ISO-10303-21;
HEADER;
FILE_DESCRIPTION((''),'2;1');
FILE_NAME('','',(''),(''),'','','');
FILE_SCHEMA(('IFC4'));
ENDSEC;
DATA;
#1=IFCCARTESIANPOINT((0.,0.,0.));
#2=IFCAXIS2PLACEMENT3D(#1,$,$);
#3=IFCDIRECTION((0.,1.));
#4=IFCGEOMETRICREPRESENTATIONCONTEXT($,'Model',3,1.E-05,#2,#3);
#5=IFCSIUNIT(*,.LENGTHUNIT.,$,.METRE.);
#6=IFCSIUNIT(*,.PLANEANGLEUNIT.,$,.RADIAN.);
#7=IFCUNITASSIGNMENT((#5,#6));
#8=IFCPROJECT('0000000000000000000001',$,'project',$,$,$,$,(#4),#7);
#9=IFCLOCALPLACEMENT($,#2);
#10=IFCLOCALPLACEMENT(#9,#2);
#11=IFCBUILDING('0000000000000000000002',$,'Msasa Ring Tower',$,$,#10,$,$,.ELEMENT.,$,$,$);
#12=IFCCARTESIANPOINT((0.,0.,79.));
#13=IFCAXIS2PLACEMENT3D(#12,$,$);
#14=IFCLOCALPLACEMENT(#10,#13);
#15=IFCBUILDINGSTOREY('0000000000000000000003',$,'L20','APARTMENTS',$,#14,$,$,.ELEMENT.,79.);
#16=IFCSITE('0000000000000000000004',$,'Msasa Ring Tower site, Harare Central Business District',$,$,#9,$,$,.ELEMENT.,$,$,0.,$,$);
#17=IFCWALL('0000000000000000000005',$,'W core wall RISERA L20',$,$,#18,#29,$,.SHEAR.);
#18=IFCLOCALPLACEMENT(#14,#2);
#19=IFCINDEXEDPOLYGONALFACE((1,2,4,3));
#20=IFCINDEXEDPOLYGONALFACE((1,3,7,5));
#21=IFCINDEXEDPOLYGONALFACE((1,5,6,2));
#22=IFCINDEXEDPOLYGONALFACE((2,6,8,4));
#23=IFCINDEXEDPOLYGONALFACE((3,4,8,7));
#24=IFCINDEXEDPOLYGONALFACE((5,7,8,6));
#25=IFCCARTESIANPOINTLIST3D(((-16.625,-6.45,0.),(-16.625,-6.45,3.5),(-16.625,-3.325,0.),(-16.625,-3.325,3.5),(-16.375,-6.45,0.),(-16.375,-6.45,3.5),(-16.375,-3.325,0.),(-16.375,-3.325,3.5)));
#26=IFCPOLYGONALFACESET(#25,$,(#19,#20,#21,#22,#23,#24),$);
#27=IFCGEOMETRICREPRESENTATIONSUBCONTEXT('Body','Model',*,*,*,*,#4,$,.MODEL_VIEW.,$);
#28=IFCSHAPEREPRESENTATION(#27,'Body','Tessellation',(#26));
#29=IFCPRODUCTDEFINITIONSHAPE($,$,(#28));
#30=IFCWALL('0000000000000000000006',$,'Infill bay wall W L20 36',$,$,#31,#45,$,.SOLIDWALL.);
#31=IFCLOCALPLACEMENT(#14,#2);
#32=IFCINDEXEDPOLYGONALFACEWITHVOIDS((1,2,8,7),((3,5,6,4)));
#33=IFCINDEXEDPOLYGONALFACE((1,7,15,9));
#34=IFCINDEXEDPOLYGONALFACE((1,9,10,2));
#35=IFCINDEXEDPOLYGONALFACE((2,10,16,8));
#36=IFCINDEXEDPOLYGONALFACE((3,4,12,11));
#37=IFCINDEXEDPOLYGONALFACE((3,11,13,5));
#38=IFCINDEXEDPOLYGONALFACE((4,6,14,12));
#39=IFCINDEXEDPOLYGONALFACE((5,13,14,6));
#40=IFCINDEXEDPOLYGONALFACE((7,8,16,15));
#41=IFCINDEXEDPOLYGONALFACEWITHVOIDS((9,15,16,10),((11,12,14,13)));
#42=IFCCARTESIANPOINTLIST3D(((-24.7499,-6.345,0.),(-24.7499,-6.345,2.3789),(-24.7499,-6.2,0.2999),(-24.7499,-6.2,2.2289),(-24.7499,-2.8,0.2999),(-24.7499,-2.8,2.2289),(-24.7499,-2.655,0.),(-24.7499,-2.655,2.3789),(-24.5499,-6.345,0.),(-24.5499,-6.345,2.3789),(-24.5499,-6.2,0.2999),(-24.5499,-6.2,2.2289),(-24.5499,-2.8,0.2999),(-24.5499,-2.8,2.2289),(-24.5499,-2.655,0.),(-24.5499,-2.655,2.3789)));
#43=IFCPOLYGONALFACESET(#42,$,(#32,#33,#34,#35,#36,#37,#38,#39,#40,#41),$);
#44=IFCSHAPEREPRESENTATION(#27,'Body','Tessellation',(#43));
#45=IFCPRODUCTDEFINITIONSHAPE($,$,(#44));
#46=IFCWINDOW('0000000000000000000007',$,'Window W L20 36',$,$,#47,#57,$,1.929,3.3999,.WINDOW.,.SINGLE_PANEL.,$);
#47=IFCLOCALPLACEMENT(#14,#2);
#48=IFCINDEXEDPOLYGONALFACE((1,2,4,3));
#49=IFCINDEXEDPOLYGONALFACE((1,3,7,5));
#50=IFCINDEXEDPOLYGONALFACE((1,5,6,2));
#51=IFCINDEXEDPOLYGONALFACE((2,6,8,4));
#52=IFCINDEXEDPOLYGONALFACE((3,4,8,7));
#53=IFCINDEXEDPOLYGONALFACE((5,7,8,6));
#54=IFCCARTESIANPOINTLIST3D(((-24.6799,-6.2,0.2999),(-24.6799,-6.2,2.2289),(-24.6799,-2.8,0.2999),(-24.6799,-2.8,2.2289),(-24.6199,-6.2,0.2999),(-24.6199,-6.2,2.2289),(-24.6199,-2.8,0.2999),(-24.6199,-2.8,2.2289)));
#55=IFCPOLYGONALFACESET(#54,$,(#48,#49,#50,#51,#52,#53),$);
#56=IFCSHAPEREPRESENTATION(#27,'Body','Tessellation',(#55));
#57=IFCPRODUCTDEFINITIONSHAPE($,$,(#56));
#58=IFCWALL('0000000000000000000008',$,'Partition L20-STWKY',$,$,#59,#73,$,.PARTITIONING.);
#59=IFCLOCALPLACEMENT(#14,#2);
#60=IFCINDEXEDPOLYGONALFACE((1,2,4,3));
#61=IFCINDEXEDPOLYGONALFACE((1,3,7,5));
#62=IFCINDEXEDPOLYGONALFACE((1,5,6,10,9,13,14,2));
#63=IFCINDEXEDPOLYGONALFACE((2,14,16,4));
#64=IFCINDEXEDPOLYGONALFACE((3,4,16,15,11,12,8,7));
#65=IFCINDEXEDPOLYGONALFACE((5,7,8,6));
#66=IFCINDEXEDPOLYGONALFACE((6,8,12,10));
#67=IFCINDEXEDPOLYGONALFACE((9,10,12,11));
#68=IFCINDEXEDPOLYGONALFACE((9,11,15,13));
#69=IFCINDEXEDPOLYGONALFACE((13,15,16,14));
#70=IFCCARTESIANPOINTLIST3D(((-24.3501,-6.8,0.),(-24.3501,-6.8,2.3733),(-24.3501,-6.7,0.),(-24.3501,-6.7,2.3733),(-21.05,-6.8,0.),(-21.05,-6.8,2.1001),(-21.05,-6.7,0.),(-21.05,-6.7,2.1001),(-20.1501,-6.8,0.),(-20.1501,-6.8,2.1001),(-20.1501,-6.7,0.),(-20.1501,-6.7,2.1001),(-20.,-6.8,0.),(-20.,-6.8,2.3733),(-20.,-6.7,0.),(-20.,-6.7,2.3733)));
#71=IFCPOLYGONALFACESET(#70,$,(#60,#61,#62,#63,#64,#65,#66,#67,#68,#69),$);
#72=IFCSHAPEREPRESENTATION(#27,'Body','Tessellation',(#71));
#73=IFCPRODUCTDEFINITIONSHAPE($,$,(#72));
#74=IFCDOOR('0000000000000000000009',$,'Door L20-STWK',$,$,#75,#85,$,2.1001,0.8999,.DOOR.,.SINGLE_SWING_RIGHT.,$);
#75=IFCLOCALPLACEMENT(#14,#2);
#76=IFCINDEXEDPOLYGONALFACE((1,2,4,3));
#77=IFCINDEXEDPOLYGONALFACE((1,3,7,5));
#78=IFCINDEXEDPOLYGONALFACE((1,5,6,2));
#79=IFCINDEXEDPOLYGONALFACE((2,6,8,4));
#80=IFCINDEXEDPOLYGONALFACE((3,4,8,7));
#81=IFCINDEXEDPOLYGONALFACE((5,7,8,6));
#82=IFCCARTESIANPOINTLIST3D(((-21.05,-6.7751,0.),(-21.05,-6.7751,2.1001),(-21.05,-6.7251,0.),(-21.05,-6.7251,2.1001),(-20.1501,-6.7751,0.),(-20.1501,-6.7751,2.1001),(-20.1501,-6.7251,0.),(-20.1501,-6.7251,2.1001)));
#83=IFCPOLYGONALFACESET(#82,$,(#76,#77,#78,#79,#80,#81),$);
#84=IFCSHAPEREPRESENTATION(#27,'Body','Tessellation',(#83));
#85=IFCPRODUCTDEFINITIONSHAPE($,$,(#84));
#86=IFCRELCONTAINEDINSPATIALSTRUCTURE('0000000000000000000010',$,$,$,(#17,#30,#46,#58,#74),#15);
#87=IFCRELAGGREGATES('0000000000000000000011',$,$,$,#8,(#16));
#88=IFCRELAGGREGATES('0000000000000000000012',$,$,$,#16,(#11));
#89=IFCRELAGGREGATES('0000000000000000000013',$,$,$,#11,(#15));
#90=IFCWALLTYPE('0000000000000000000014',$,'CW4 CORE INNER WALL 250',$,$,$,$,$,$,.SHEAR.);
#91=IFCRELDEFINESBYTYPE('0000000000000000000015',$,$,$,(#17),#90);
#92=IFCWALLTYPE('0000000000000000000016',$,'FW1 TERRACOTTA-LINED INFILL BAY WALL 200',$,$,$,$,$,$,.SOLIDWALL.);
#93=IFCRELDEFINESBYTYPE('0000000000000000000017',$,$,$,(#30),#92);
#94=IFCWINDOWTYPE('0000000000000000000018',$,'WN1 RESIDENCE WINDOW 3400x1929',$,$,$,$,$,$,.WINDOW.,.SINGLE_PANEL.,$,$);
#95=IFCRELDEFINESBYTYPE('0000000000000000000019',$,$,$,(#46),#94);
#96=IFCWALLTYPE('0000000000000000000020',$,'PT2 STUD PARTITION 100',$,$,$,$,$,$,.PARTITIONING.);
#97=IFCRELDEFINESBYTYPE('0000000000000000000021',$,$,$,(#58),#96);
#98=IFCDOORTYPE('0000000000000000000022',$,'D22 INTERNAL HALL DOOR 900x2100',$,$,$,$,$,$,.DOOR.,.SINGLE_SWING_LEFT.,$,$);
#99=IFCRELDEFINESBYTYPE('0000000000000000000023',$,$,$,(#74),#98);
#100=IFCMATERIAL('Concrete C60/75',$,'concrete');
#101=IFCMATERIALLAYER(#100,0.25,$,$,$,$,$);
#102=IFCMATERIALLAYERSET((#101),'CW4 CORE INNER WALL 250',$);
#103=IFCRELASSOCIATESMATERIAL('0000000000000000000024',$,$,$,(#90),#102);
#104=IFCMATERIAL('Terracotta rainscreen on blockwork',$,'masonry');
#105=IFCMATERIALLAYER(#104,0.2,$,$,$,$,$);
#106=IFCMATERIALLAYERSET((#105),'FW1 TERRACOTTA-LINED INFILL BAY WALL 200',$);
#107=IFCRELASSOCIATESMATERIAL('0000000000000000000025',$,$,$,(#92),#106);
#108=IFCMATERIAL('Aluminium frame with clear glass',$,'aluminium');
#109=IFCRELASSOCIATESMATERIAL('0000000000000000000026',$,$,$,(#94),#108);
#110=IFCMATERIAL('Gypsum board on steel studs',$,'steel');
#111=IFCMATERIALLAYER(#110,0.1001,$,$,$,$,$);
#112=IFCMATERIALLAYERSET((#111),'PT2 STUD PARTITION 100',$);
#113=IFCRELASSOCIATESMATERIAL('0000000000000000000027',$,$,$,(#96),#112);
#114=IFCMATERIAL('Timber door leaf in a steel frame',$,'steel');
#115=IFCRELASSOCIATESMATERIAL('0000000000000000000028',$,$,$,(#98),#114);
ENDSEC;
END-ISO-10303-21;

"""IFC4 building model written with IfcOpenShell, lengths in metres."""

from ifc_helpers import new_model, si_unit, direction, frame, frame_2d, origin, place, context, subcontext, project, spatial, rectangle, extrude, material, layer, layer_set, type_object, element, fill, save


model = new_model("IFC4")

# Units and contexts
model_context = context("Model", 3, precision=1e-05, world=origin(), true_north=direction((0.0, 1.0)))
body_context = subcontext(model_context, "Body", "Model", "MODEL_VIEW")
ifc_project = project(units=[si_unit("LENGTHUNIT", "METRE"), si_unit("PLANEANGLEUNIT", "RADIAN")], contexts=[model_context])

# Site, building, storey
site_placement = place(None, origin())
site = spatial("IfcSite", under=ifc_project, at=site_placement, Name="Msasa Ring Tower site, Harare Central Business District", CompositionType="ELEMENT", RefElevation=0.0)
building_placement = place(site_placement, origin())
building = spatial("IfcBuilding", under=site, at=building_placement, Name="Msasa Ring Tower", CompositionType="ELEMENT")
storey_placement = place(building_placement, frame((0.0, 0.0, 79.0)))
storey = spatial("IfcBuildingStorey", under=building, at=storey_placement, Name="L20", Description="APARTMENTS", CompositionType="ELEMENT", Elevation=79.0)

# Wall
ifc_material_1 = material(Name="Concrete C60/75", Category="concrete")
ifc_layer_1 = layer(ifc_material_1, 0.25)
ifc_layer_set_1 = layer_set([ifc_layer_1], Name="CW4 CORE INNER WALL 250")
wall_type_1 = type_object("IfcWallType", Name="CW4 CORE INNER WALL 250", PredefinedType="SHEAR", material=ifc_layer_set_1)
wall_1_placement = place(storey_placement, frame((-16.5, -6.45, 0.0), z_axis=(0.0, 0.0, 1.0), x_axis=(0.0, 1.0, 0.0)))
element("IfcWall", 1, at=wall_1_placement, inside=storey, type_object=wall_type_1, Name="W core wall RISERA L20", PredefinedType="SHEAR", context=body_context, shape_type="SweptSolid", body=[
    extrude(rectangle(XDim=3.125, YDim=0.25, at=frame_2d((1.5625, 0.0))), origin(), (0.0, 0.0, 1.0), 3.5),
])

# Wall, opening, window
ifc_material_2 = material(Name="Terracotta rainscreen on blockwork", Category="masonry")
ifc_layer_2 = layer(ifc_material_2, 0.2)
ifc_layer_set_2 = layer_set([ifc_layer_2], Name="FW1 TERRACOTTA-LINED INFILL BAY WALL 200")
wall_type_2 = type_object("IfcWallType", Name="FW1 TERRACOTTA-LINED INFILL BAY WALL 200", PredefinedType="SOLIDWALL", material=ifc_layer_set_2)
wall_2_placement = place(storey_placement, frame((-24.6499, -6.345, 0.0), z_axis=(0.0, 0.0, 1.0), x_axis=(0.0, 1.0, 0.0)))
wall_2 = element("IfcWall", 2, at=wall_2_placement, inside=storey, type_object=wall_type_2, Name="Infill bay wall W L20 36", PredefinedType="SOLIDWALL", context=body_context, shape_type="SweptSolid", body=[
    extrude(rectangle(XDim=3.6899, YDim=0.2, at=frame_2d((1.845, 0.0))), origin(), (0.0, 0.0, 1.0), 2.3789),
])
opening_1_placement = place(wall_2_placement, frame((0.145, 0.0, 0.3)))
opening_1 = element("IfcOpeningElement", 3, at=opening_1_placement, cuts=wall_2, PredefinedType="OPENING", context=body_context, shape_type="SweptSolid", body=[
    extrude(rectangle(XDim=3.3999, YDim=1.929, at=frame_2d((1.7, 0.9644))), frame((0.0, 0.1099, 0.0), z_axis=(0.0, -1.0, 0.0), x_axis=(1.0, 0.0, 0.0)), (0.0, 0.0, 1.0), 0.22),
])
ifc_material_3 = material(Name="Aluminium frame with clear glass", Category="aluminium")
window_type = type_object("IfcWindowType", Name="WN1 RESIDENCE WINDOW 3400x1929", PartitioningType="SINGLE_PANEL", PredefinedType="WINDOW", material=ifc_material_3)
window_placement = place(opening_1_placement, origin())
window = element("IfcWindow", 4, at=window_placement, inside=storey, type_object=window_type, Name="Window W L20 36", OverallHeight=1.929, OverallWidth=3.3999, PartitioningType="SINGLE_PANEL", PredefinedType="WINDOW", context=body_context, shape_type="SweptSolid", body=[
    extrude(rectangle(XDim=3.3999, YDim=1.929, at=frame_2d((1.7, 0.9644))), frame((0.0, 0.03, 0.0), z_axis=(0.0, -1.0, 0.0), x_axis=(1.0, 0.0, 0.0)), (0.0, 0.0, 1.0), 0.0601),
])
fill(opening_1, window)

# Wall, opening, door
ifc_material_4 = material(Name="Gypsum board on steel studs", Category="steel")
ifc_layer_3 = layer(ifc_material_4, 0.1001)
ifc_layer_set_3 = layer_set([ifc_layer_3], Name="PT2 STUD PARTITION 100")
wall_type_3 = type_object("IfcWallType", Name="PT2 STUD PARTITION 100", PredefinedType="PARTITIONING", material=ifc_layer_set_3)
wall_3_placement = place(storey_placement, frame((-24.3501, -6.75, 0.0), z_axis=(0.0, 0.0, 1.0), x_axis=(1.0, 0.0, 0.0)))
wall_3 = element("IfcWall", 5, at=wall_3_placement, inside=storey, type_object=wall_type_3, Name="Partition L20-STWKY", PredefinedType="PARTITIONING", context=body_context, shape_type="SweptSolid", body=[
    extrude(rectangle(XDim=4.3501, YDim=0.1001, at=frame_2d((2.175, 0.0))), origin(), (0.0, 0.0, 1.0), 2.3733),
])
opening_2_placement = place(wall_3_placement, frame((3.3, 0.0, 0.0)))
opening_2 = element("IfcOpeningElement", 6, at=opening_2_placement, cuts=wall_3, PredefinedType="OPENING", context=body_context, shape_type="SweptSolid", body=[
    extrude(rectangle(XDim=0.8999, YDim=2.1001, at=frame_2d((0.45, 1.05))), frame((0.0, 0.0601, 0.0), z_axis=(0.0, -1.0, 0.0), x_axis=(1.0, 0.0, 0.0)), (0.0, 0.0, 1.0), 0.1201),
])
ifc_material_5 = material(Name="Timber door leaf in a steel frame", Category="steel")
door_type = type_object("IfcDoorType", Name="D22 INTERNAL HALL DOOR 900x2100", OperationType="SINGLE_SWING_LEFT", PredefinedType="DOOR", material=ifc_material_5)
door_placement = place(opening_2_placement, origin())
door = element("IfcDoor", 7, at=door_placement, inside=storey, type_object=door_type, Name="Door L20-STWK", OperationType="SINGLE_SWING_RIGHT", OverallHeight=2.1001, OverallWidth=0.8999, PredefinedType="DOOR", context=body_context, shape_type="SweptSolid", body=[
    extrude(rectangle(XDim=0.8999, YDim=2.1001, at=frame_2d((0.45, 1.05))), frame((0.0, 0.0249, 0.0), z_axis=(0.0, -1.0, 0.0), x_axis=(1.0, 0.0, 0.0)), (0.0, 0.0, 1.0), 0.05),
])
fill(opening_2, door)

save(model, "model.ifc")
